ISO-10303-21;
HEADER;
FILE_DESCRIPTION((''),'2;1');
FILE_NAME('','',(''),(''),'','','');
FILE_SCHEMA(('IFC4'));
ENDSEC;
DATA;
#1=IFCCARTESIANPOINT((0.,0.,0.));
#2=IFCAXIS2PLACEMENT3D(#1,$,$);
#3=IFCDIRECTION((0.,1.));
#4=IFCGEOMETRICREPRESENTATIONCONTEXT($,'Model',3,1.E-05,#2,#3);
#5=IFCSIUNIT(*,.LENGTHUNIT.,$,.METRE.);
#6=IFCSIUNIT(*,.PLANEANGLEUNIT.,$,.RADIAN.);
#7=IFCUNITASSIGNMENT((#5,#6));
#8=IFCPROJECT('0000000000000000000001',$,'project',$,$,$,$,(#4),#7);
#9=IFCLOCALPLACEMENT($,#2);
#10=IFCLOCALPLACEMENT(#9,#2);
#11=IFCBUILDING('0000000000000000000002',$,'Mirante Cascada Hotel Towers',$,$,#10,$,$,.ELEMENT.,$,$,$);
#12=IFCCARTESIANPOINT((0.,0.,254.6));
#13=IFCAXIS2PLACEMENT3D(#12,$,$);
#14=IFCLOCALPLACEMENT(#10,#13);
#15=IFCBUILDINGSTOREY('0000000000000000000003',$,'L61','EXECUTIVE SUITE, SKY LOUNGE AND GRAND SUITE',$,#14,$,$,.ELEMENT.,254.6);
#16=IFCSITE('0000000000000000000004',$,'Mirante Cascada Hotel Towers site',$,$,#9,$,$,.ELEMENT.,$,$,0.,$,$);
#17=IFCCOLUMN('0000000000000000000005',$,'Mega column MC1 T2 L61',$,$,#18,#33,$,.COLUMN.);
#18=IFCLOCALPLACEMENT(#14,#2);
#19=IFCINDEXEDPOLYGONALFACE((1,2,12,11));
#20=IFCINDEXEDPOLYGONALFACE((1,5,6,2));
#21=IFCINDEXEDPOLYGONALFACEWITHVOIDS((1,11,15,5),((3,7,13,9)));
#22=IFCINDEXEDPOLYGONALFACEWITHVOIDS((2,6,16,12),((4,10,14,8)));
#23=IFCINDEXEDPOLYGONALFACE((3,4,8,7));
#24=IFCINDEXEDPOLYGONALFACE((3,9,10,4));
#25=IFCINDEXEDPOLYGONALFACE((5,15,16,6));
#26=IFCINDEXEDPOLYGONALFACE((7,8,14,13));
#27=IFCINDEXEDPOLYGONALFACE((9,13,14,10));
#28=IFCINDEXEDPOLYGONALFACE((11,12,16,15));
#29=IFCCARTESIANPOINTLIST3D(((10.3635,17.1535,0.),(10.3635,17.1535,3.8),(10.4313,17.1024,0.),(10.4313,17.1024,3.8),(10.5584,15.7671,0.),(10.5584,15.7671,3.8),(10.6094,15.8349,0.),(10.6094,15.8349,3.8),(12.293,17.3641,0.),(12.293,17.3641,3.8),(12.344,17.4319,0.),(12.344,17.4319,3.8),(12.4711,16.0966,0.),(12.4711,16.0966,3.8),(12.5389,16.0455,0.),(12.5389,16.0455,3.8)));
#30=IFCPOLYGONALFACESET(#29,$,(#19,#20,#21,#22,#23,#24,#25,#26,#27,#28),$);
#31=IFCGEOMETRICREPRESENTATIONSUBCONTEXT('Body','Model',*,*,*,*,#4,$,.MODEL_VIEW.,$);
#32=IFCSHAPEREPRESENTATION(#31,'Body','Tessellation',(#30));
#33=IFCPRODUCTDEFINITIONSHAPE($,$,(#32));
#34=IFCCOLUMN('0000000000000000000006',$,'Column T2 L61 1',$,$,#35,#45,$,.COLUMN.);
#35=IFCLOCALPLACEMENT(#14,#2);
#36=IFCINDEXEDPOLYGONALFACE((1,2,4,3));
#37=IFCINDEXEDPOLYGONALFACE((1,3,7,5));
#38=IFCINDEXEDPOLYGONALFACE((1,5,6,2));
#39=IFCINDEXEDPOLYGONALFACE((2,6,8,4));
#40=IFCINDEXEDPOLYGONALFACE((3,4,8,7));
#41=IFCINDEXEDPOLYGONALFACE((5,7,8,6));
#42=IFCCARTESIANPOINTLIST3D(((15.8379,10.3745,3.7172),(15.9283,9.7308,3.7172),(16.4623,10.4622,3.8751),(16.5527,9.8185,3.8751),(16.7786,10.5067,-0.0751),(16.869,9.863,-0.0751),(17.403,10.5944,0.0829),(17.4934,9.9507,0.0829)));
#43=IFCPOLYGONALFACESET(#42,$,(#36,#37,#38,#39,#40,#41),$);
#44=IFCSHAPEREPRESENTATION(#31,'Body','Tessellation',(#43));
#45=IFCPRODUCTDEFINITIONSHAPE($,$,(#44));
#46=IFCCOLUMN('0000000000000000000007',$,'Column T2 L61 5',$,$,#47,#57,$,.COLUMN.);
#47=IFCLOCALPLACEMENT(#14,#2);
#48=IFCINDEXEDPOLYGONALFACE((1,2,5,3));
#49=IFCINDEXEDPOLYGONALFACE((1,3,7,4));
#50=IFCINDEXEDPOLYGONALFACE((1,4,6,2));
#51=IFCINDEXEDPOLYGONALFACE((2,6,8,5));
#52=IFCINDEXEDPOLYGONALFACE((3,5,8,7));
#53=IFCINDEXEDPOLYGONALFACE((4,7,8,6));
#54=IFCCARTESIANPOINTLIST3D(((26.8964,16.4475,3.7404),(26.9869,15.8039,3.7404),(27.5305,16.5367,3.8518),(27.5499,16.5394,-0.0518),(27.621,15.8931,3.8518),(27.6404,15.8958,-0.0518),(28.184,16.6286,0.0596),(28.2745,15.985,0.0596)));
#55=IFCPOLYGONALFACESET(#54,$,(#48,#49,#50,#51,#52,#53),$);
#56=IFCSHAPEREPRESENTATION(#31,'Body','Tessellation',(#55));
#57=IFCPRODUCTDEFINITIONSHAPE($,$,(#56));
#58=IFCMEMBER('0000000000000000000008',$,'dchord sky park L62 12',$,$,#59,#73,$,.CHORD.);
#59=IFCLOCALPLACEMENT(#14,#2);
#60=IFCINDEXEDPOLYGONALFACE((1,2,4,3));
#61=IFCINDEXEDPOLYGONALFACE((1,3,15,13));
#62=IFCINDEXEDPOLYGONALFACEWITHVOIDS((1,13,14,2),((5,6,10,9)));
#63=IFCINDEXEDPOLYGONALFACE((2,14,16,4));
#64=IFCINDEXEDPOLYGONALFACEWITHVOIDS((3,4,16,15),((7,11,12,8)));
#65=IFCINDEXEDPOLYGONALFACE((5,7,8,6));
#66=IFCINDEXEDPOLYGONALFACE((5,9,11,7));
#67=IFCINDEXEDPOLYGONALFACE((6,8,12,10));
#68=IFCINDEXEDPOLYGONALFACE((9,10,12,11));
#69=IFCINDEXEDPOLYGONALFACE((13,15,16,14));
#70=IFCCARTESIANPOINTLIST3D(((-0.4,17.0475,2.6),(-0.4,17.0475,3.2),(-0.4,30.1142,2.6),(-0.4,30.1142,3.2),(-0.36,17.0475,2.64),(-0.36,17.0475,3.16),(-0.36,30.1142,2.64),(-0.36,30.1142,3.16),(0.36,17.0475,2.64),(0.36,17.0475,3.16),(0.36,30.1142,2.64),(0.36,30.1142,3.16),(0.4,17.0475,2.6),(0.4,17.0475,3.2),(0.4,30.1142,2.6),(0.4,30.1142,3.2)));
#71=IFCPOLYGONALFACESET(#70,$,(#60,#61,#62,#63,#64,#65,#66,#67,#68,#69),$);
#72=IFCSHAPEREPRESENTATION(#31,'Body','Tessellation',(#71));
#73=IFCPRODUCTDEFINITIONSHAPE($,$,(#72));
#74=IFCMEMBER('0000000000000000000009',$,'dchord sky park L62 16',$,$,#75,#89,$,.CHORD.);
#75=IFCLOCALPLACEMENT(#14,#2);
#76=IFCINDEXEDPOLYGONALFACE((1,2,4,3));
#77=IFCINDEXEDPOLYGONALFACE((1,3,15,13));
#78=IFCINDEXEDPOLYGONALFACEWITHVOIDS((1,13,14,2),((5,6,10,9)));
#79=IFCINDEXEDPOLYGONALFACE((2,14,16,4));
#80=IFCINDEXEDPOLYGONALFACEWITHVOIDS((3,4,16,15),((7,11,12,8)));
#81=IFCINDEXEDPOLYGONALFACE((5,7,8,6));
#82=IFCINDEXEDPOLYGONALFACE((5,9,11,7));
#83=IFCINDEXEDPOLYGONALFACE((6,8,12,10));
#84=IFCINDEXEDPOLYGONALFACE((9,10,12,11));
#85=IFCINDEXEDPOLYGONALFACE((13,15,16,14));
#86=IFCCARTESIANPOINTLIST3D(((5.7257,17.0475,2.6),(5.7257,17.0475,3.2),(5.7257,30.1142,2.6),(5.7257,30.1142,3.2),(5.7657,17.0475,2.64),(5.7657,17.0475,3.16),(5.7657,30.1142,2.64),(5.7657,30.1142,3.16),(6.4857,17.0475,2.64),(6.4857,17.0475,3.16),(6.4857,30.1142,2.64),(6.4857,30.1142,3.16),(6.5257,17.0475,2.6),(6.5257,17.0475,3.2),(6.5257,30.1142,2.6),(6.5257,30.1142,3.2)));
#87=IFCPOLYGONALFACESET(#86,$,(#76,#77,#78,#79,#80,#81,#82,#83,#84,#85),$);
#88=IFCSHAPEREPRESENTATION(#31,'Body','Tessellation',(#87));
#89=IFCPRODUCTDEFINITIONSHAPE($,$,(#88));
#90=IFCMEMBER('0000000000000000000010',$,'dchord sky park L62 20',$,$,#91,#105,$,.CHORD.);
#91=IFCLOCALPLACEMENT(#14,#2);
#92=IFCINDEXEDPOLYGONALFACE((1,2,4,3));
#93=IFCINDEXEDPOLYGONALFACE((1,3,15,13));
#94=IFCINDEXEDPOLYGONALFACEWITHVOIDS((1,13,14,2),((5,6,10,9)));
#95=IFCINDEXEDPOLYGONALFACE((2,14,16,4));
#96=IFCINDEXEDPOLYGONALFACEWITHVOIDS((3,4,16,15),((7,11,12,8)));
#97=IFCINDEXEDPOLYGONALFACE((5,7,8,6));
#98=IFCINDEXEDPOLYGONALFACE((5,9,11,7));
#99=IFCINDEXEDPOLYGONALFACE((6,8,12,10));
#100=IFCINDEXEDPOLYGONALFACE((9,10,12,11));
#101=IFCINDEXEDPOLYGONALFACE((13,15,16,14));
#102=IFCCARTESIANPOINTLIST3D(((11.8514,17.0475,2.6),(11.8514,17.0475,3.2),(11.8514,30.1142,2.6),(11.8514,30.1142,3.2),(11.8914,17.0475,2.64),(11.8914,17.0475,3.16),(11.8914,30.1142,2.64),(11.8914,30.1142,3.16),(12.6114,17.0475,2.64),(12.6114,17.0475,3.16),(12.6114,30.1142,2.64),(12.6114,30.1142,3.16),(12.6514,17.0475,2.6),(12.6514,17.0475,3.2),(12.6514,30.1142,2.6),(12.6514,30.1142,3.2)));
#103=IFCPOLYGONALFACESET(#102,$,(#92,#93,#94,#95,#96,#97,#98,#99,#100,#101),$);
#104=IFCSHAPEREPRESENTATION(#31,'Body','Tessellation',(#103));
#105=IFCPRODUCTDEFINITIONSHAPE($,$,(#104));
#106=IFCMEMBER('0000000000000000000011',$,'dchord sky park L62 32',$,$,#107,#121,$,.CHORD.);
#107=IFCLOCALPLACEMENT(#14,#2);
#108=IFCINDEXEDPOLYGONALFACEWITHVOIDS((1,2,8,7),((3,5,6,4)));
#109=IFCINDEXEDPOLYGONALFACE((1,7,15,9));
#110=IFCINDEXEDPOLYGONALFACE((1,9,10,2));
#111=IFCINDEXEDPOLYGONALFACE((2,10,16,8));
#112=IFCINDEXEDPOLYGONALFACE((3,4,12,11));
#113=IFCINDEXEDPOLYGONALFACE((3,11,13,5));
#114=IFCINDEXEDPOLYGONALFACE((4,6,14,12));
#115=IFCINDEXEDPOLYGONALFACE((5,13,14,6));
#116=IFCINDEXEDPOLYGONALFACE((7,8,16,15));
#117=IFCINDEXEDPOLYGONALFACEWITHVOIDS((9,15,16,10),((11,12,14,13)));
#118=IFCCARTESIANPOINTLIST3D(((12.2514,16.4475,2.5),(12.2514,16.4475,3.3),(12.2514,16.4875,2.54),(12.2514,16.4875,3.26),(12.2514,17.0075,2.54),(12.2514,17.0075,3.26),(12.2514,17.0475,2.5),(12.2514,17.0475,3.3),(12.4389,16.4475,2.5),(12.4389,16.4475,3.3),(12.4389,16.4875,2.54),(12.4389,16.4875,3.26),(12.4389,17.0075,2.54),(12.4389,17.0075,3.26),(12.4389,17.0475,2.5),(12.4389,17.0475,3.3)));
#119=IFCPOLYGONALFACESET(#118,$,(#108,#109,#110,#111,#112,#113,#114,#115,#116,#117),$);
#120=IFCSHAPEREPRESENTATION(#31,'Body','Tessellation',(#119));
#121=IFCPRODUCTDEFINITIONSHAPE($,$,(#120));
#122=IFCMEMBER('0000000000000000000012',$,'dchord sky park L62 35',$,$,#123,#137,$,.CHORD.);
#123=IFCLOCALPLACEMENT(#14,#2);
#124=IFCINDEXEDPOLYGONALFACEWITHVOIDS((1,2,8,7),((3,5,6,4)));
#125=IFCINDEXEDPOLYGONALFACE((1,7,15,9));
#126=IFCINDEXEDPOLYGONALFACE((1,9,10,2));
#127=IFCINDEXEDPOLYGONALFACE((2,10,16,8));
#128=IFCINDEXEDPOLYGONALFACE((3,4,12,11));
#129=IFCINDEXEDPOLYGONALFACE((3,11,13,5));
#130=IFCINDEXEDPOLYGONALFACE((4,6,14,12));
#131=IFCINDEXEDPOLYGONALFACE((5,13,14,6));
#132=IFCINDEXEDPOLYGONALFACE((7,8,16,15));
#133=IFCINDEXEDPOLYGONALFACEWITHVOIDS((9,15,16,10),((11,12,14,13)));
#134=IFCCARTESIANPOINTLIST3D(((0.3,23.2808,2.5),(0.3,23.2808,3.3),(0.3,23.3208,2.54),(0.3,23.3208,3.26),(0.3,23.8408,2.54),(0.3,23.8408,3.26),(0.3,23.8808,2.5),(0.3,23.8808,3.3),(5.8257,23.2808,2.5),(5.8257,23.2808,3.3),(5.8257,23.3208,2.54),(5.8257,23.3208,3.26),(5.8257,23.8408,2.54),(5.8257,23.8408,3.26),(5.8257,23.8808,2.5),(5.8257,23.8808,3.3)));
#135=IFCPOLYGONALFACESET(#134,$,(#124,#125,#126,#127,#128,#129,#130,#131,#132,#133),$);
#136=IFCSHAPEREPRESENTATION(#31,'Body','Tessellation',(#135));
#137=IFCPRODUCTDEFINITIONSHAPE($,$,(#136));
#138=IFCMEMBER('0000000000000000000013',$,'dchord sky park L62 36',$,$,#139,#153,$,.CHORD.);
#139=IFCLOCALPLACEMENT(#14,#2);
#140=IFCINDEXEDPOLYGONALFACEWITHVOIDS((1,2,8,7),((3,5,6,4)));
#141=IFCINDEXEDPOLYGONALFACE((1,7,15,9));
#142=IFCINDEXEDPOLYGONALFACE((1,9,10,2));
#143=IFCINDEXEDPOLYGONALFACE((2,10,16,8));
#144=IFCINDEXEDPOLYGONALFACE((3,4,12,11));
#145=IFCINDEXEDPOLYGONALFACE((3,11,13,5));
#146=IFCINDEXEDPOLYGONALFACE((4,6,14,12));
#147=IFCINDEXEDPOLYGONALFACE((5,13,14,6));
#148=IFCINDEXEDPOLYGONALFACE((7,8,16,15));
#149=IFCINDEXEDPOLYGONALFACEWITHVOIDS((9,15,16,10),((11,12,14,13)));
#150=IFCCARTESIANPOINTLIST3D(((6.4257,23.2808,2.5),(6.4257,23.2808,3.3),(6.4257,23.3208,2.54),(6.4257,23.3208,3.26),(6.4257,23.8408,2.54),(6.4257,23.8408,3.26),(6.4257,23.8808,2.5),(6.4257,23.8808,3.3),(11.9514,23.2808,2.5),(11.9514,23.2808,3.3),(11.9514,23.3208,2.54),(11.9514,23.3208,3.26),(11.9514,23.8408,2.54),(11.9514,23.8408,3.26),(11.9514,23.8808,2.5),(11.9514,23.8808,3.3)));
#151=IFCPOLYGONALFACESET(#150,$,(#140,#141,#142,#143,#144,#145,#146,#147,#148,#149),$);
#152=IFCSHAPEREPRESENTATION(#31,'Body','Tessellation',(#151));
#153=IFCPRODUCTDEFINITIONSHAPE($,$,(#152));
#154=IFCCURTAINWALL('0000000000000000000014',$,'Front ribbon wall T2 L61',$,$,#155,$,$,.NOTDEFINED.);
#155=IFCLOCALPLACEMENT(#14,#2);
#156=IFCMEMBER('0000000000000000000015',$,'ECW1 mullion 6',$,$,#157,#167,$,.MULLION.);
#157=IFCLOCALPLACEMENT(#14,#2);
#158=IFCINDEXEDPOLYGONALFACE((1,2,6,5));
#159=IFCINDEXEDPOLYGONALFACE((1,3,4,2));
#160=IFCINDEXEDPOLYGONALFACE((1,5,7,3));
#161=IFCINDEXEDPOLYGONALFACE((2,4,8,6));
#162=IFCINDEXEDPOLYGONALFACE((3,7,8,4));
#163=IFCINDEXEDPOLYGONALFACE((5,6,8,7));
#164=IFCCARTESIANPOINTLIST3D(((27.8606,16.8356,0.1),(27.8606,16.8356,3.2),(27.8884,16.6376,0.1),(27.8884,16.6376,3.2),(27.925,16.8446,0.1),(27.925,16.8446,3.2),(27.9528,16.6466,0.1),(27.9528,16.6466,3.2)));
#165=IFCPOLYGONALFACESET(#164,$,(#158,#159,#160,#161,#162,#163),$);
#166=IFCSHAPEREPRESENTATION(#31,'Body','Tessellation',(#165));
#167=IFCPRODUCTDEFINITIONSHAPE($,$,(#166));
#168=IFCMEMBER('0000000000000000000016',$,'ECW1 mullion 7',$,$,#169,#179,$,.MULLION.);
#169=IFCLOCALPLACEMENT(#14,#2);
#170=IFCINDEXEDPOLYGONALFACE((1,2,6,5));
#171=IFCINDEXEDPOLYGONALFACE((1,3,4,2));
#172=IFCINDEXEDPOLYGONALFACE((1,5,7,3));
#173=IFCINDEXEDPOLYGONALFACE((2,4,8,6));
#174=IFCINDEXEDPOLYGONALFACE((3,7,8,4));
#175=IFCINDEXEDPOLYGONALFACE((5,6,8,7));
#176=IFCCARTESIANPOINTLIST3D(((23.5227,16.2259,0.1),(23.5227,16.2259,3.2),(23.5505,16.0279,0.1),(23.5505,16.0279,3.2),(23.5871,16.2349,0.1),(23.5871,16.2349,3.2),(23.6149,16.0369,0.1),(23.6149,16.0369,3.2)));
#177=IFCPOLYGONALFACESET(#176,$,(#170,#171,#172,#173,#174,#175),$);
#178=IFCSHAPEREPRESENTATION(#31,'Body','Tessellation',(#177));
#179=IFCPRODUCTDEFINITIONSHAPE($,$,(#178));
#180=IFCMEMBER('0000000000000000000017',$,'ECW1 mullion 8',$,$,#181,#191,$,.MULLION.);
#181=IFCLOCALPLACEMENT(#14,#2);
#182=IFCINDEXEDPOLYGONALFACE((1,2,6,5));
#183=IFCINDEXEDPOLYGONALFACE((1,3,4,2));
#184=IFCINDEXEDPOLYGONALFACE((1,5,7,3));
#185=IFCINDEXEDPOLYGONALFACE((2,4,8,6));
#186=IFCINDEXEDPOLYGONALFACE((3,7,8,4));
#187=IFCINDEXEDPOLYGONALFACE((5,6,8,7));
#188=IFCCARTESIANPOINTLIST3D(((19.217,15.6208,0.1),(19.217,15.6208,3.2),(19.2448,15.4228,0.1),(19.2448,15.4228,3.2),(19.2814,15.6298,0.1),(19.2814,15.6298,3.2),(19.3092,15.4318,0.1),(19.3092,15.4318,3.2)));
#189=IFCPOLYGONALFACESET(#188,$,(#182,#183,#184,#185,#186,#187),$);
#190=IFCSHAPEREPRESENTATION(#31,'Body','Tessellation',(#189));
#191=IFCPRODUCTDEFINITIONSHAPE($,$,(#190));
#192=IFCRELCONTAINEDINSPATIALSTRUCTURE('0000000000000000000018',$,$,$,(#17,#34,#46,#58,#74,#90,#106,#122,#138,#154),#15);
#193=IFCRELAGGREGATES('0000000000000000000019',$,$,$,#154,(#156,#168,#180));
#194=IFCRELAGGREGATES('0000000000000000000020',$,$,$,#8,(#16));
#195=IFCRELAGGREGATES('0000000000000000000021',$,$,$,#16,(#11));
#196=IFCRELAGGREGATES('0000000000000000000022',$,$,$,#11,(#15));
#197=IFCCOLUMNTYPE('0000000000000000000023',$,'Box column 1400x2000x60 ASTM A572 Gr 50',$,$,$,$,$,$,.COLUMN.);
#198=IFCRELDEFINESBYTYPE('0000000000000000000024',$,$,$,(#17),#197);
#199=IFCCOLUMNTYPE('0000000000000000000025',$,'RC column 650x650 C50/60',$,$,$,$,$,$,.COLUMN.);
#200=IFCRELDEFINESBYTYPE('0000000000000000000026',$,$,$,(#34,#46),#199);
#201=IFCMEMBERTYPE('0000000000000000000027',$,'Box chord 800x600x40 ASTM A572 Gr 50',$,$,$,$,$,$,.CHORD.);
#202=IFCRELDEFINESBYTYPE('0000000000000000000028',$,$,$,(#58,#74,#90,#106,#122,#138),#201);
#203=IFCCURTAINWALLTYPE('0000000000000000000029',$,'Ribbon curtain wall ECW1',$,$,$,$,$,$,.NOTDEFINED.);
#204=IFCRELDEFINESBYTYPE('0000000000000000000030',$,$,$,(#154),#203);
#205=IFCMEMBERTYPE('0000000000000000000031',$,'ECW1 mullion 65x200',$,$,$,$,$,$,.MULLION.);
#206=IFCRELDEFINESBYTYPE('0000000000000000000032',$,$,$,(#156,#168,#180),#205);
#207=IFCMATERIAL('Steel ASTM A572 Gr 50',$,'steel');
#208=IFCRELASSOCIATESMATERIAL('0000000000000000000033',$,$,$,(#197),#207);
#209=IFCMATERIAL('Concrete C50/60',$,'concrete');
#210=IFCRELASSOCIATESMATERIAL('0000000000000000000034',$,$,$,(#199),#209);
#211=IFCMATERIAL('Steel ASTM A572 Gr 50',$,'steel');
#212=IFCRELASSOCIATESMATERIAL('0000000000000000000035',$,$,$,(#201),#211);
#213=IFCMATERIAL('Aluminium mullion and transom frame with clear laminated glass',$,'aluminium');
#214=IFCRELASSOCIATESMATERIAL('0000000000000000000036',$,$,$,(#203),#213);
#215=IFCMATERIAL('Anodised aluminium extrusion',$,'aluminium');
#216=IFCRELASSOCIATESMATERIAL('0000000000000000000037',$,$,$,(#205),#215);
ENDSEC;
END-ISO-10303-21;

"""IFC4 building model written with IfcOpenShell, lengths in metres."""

from ifc_helpers import new_model, si_unit, direction, frame, origin, origin_2d, place, context, subcontext, project, spatial, rectangle, hollow_rectangle, extrude, material, material_profile, profile_set, type_object, element, aggregate, save


model = new_model("IFC4")

# Units and contexts
model_context = context("Model", 3, precision=1e-05, world=origin(), true_north=direction((0.0, 1.0)))
body_context = subcontext(model_context, "Body", "Model", "MODEL_VIEW")
ifc_project = project(units=[si_unit("LENGTHUNIT", "METRE"), si_unit("PLANEANGLEUNIT", "RADIAN")], contexts=[model_context])

# Site, building, storey
site_placement = place(None, origin())
site = spatial("IfcSite", under=ifc_project, at=site_placement, Name="Mirante Cascada Hotel Towers site", CompositionType="ELEMENT", RefElevation=0.0)
building_placement = place(site_placement, origin())
building = spatial("IfcBuilding", under=site, at=building_placement, Name="Mirante Cascada Hotel Towers", CompositionType="ELEMENT")
storey_placement = place(building_placement, frame((0.0, 0.0, 254.6)))
storey = spatial("IfcBuildingStorey", under=building, at=storey_placement, Name="L61", Description="EXECUTIVE SUITE, SKY LOUNGE AND GRAND SUITE", CompositionType="ELEMENT", Elevation=254.6)

# Columns
ifc_material_1 = material(Name="Steel ASTM A572 Gr 50", Category="steel")
ifc_material_profile_1 = material_profile(ifc_material_1, hollow_rectangle(XDim=2.0, YDim=1.4, WallThickness=0.06, at=origin_2d()), Name="Box column 1400x2000x60 ASTM A572 Gr 50")
ifc_profile_set_1 = profile_set([ifc_material_profile_1], Name="Steel ASTM A572 Gr 50")
column_type_1 = type_object("IfcColumnType", Name="Box column 1400x2000x60 ASTM A572 Gr 50", PredefinedType="COLUMN", material=ifc_profile_set_1)
column_1_placement = place(storey_placement, frame((11.4512, 16.5995, 0.0), z_axis=(0.0, 0.0, 1.0), x_axis=(0.990268, 0.139173, 0.0)))
element("IfcColumn", 1, at=column_1_placement, inside=storey, type_object=column_type_1, Name="Mega column MC1 T2 L61", PredefinedType="COLUMN", context=body_context, shape_type="SweptSolid", body=[
    extrude(hollow_rectangle(XDim=2.0, YDim=1.4, WallThickness=0.06, at=origin_2d()), origin(), (0.0, 0.0, 1.0), 3.8),
])
ifc_material_2 = material(Name="Concrete C50/60", Category="concrete")
ifc_material_profile_2 = material_profile(ifc_material_2, rectangle(XDim=0.65, YDim=0.65, at=origin_2d()), Name="RC column 650x650 C50/60")
ifc_profile_set_2 = profile_set([ifc_material_profile_2], Name="Concrete C50/60")
column_type_2 = type_object("IfcColumnType", Name="RC column 650x650 C50/60", PredefinedType="COLUMN", material=ifc_profile_set_2)
column_2_placement = place(storey_placement, frame((17.136, 10.2287, 0.0039), z_axis=(-0.240627, -0.033816, 0.970028), x_axis=(0.139166, -0.990269, 0.0)))
element("IfcColumn", 2, at=column_2_placement, inside=storey, type_object=column_type_2, Name="Column T2 L61 1", PredefinedType="COLUMN", context=body_context, shape_type="SweptSolid", body=[
    extrude(rectangle(XDim=0.65, YDim=0.65, at=origin_2d()), origin(), (0.0, 0.0, 1.0), 3.9094),
])
column_3_placement = place(storey_placement, frame((27.9122, 16.2622, 0.0039), z_axis=(-0.169776, -0.023875, 0.985194), x_axis=(0.139257, -0.990256, 0.0)))
element("IfcColumn", 3, at=column_3_placement, inside=storey, type_object=column_type_2, Name="Column T2 L61 5", PredefinedType="COLUMN", context=body_context, shape_type="SweptSolid", body=[
    extrude(rectangle(XDim=0.65, YDim=0.65, at=origin_2d()), origin(), (0.0, 0.0, 1.0), 3.8492),
])

# Members
ifc_material_3 = material(Name="Steel ASTM A572 Gr 50", Category="steel")
ifc_material_profile_3 = material_profile(ifc_material_3, hollow_rectangle(XDim=0.6, YDim=0.8, WallThickness=0.04, at=origin_2d()), Name="Box chord 800x600x40 ASTM A572 Gr 50")
ifc_profile_set_3 = profile_set([ifc_material_profile_3], Name="Steel ASTM A572 Gr 50")
member_type_1 = type_object("IfcMemberType", Name="Box chord 800x600x40 ASTM A572 Gr 50", PredefinedType="CHORD", material=ifc_profile_set_3)
for number, where, z_axis, x_axis, name in (
    (4, (0.0, 17.0475, 2.9), (0.0, 1.0, 0.0), (0.0, 0.0, 1.0), "dchord sky park L62 12"),
    (5, (6.1257, 17.0475, 2.9), (0.0, 1.0, 0.0), (0.0, 0.0, 1.0), "dchord sky park L62 16"),
    (6, (12.2514, 17.0475, 2.9), (0.0, 1.0, 0.0), (0.0, 0.0, 1.0), "dchord sky park L62 20"),
):
    element("IfcMember", number, at=place(storey_placement, frame(where, z_axis=z_axis, x_axis=x_axis)), inside=storey, type_object=member_type_1, Name=name, PredefinedType="CHORD", context=body_context, shape_type="SweptSolid", body=[
        extrude(hollow_rectangle(XDim=0.6, YDim=0.8, WallThickness=0.04, at=origin_2d()), origin(), (0.0, 0.0, 1.0), 13.0667),
    ])
member_1_placement = place(storey_placement, frame((12.4389, 16.7475, 2.9), z_axis=(-1.0, 0.0, 0.0), x_axis=(0.0, 1.0, 0.0)))
element("IfcMember", 7, at=member_1_placement, inside=storey, type_object=member_type_1, Name="dchord sky park L62 32", PredefinedType="CHORD", context=body_context, shape_type="SweptSolid", body=[
    extrude(hollow_rectangle(XDim=0.6, YDim=0.8, WallThickness=0.04, at=origin_2d()), origin(), (0.0, 0.0, 1.0), 0.1875),
])
for number, where, z_axis, x_axis, name in (
    (8, (0.3, 23.5808, 2.9), (1.0, 0.0, 0.0), (0.0, 1.0, 0.0), "dchord sky park L62 35"),
    (9, (6.4257, 23.5808, 2.9), (1.0, 0.0, 0.0), (0.0, 1.0, 0.0), "dchord sky park L62 36"),
):
    element("IfcMember", number, at=place(storey_placement, frame(where, z_axis=z_axis, x_axis=x_axis)), inside=storey, type_object=member_type_1, Name=name, PredefinedType="CHORD", context=body_context, shape_type="SweptSolid", body=[
        extrude(hollow_rectangle(XDim=0.6, YDim=0.8, WallThickness=0.04, at=origin_2d()), origin(), (0.0, 0.0, 1.0), 5.5257),
    ])

# Curtain wall, members
ifc_material_4 = material(Name="Aluminium mullion and transom frame with clear laminated glass", Category="aluminium")
curtain_wall_type_1 = type_object("IfcCurtainWallType", Name="Ribbon curtain wall ECW1", PredefinedType="NOTDEFINED", material=ifc_material_4)
curtain_wall_1_placement = place(storey_placement, origin())
curtain_wall_1 = element("IfcCurtainWall", 10, at=curtain_wall_1_placement, inside=storey, type_object=curtain_wall_type_1, Name="Front ribbon wall T2 L61", PredefinedType="NOTDEFINED")
ifc_material_5 = material(Name="Anodised aluminium extrusion", Category="aluminium")
ifc_material_profile_4 = material_profile(ifc_material_5, rectangle(XDim=0.2, YDim=0.065, at=origin_2d()), Name="ECW1 MULLION 65x200")
ifc_profile_set_4 = profile_set([ifc_material_profile_4], Name="Anodised aluminium extrusion")
member_type_2 = type_object("IfcMemberType", Name="ECW1 mullion 65x200", PredefinedType="MULLION", material=ifc_profile_set_4)
member_2_placement = place(storey_placement, frame((27.9067, 16.7411, 0.1), z_axis=(0.0, 0.0, 1.0), x_axis=(0.139173, -0.990268, 0.0)))
member_2 = element("IfcMember", 11, at=member_2_placement, type_object=member_type_2, Name="ECW1 mullion 6", PredefinedType="MULLION", context=body_context, shape_type="SweptSolid", body=[
    extrude(rectangle(XDim=0.2, YDim=0.065, at=origin_2d()), origin(), (0.0, 0.0, 1.0), 3.1),
])
member_3_placement = place(storey_placement, frame((23.5688, 16.1314, 0.1), z_axis=(0.0, 0.0, 1.0), x_axis=(0.139173, -0.990268, 0.0)))
member_3 = element("IfcMember", 12, at=member_3_placement, type_object=member_type_2, Name="ECW1 mullion 7", PredefinedType="MULLION", context=body_context, shape_type="SweptSolid", body=[
    extrude(rectangle(XDim=0.2, YDim=0.065, at=origin_2d()), origin(), (0.0, 0.0, 1.0), 3.1),
])
member_4_placement = place(storey_placement, frame((19.2631, 15.5263, 0.1), z_axis=(0.0, 0.0, 1.0), x_axis=(0.139173, -0.990268, 0.0)))
member_4 = element("IfcMember", 13, at=member_4_placement, type_object=member_type_2, Name="ECW1 mullion 8", PredefinedType="MULLION", context=body_context, shape_type="SweptSolid", body=[
    extrude(rectangle(XDim=0.2, YDim=0.065, at=origin_2d()), origin(), (0.0, 0.0, 1.0), 3.1),
])

aggregate(curtain_wall_1, [member_2, member_3, member_4])

save(model, "model.ifc")
